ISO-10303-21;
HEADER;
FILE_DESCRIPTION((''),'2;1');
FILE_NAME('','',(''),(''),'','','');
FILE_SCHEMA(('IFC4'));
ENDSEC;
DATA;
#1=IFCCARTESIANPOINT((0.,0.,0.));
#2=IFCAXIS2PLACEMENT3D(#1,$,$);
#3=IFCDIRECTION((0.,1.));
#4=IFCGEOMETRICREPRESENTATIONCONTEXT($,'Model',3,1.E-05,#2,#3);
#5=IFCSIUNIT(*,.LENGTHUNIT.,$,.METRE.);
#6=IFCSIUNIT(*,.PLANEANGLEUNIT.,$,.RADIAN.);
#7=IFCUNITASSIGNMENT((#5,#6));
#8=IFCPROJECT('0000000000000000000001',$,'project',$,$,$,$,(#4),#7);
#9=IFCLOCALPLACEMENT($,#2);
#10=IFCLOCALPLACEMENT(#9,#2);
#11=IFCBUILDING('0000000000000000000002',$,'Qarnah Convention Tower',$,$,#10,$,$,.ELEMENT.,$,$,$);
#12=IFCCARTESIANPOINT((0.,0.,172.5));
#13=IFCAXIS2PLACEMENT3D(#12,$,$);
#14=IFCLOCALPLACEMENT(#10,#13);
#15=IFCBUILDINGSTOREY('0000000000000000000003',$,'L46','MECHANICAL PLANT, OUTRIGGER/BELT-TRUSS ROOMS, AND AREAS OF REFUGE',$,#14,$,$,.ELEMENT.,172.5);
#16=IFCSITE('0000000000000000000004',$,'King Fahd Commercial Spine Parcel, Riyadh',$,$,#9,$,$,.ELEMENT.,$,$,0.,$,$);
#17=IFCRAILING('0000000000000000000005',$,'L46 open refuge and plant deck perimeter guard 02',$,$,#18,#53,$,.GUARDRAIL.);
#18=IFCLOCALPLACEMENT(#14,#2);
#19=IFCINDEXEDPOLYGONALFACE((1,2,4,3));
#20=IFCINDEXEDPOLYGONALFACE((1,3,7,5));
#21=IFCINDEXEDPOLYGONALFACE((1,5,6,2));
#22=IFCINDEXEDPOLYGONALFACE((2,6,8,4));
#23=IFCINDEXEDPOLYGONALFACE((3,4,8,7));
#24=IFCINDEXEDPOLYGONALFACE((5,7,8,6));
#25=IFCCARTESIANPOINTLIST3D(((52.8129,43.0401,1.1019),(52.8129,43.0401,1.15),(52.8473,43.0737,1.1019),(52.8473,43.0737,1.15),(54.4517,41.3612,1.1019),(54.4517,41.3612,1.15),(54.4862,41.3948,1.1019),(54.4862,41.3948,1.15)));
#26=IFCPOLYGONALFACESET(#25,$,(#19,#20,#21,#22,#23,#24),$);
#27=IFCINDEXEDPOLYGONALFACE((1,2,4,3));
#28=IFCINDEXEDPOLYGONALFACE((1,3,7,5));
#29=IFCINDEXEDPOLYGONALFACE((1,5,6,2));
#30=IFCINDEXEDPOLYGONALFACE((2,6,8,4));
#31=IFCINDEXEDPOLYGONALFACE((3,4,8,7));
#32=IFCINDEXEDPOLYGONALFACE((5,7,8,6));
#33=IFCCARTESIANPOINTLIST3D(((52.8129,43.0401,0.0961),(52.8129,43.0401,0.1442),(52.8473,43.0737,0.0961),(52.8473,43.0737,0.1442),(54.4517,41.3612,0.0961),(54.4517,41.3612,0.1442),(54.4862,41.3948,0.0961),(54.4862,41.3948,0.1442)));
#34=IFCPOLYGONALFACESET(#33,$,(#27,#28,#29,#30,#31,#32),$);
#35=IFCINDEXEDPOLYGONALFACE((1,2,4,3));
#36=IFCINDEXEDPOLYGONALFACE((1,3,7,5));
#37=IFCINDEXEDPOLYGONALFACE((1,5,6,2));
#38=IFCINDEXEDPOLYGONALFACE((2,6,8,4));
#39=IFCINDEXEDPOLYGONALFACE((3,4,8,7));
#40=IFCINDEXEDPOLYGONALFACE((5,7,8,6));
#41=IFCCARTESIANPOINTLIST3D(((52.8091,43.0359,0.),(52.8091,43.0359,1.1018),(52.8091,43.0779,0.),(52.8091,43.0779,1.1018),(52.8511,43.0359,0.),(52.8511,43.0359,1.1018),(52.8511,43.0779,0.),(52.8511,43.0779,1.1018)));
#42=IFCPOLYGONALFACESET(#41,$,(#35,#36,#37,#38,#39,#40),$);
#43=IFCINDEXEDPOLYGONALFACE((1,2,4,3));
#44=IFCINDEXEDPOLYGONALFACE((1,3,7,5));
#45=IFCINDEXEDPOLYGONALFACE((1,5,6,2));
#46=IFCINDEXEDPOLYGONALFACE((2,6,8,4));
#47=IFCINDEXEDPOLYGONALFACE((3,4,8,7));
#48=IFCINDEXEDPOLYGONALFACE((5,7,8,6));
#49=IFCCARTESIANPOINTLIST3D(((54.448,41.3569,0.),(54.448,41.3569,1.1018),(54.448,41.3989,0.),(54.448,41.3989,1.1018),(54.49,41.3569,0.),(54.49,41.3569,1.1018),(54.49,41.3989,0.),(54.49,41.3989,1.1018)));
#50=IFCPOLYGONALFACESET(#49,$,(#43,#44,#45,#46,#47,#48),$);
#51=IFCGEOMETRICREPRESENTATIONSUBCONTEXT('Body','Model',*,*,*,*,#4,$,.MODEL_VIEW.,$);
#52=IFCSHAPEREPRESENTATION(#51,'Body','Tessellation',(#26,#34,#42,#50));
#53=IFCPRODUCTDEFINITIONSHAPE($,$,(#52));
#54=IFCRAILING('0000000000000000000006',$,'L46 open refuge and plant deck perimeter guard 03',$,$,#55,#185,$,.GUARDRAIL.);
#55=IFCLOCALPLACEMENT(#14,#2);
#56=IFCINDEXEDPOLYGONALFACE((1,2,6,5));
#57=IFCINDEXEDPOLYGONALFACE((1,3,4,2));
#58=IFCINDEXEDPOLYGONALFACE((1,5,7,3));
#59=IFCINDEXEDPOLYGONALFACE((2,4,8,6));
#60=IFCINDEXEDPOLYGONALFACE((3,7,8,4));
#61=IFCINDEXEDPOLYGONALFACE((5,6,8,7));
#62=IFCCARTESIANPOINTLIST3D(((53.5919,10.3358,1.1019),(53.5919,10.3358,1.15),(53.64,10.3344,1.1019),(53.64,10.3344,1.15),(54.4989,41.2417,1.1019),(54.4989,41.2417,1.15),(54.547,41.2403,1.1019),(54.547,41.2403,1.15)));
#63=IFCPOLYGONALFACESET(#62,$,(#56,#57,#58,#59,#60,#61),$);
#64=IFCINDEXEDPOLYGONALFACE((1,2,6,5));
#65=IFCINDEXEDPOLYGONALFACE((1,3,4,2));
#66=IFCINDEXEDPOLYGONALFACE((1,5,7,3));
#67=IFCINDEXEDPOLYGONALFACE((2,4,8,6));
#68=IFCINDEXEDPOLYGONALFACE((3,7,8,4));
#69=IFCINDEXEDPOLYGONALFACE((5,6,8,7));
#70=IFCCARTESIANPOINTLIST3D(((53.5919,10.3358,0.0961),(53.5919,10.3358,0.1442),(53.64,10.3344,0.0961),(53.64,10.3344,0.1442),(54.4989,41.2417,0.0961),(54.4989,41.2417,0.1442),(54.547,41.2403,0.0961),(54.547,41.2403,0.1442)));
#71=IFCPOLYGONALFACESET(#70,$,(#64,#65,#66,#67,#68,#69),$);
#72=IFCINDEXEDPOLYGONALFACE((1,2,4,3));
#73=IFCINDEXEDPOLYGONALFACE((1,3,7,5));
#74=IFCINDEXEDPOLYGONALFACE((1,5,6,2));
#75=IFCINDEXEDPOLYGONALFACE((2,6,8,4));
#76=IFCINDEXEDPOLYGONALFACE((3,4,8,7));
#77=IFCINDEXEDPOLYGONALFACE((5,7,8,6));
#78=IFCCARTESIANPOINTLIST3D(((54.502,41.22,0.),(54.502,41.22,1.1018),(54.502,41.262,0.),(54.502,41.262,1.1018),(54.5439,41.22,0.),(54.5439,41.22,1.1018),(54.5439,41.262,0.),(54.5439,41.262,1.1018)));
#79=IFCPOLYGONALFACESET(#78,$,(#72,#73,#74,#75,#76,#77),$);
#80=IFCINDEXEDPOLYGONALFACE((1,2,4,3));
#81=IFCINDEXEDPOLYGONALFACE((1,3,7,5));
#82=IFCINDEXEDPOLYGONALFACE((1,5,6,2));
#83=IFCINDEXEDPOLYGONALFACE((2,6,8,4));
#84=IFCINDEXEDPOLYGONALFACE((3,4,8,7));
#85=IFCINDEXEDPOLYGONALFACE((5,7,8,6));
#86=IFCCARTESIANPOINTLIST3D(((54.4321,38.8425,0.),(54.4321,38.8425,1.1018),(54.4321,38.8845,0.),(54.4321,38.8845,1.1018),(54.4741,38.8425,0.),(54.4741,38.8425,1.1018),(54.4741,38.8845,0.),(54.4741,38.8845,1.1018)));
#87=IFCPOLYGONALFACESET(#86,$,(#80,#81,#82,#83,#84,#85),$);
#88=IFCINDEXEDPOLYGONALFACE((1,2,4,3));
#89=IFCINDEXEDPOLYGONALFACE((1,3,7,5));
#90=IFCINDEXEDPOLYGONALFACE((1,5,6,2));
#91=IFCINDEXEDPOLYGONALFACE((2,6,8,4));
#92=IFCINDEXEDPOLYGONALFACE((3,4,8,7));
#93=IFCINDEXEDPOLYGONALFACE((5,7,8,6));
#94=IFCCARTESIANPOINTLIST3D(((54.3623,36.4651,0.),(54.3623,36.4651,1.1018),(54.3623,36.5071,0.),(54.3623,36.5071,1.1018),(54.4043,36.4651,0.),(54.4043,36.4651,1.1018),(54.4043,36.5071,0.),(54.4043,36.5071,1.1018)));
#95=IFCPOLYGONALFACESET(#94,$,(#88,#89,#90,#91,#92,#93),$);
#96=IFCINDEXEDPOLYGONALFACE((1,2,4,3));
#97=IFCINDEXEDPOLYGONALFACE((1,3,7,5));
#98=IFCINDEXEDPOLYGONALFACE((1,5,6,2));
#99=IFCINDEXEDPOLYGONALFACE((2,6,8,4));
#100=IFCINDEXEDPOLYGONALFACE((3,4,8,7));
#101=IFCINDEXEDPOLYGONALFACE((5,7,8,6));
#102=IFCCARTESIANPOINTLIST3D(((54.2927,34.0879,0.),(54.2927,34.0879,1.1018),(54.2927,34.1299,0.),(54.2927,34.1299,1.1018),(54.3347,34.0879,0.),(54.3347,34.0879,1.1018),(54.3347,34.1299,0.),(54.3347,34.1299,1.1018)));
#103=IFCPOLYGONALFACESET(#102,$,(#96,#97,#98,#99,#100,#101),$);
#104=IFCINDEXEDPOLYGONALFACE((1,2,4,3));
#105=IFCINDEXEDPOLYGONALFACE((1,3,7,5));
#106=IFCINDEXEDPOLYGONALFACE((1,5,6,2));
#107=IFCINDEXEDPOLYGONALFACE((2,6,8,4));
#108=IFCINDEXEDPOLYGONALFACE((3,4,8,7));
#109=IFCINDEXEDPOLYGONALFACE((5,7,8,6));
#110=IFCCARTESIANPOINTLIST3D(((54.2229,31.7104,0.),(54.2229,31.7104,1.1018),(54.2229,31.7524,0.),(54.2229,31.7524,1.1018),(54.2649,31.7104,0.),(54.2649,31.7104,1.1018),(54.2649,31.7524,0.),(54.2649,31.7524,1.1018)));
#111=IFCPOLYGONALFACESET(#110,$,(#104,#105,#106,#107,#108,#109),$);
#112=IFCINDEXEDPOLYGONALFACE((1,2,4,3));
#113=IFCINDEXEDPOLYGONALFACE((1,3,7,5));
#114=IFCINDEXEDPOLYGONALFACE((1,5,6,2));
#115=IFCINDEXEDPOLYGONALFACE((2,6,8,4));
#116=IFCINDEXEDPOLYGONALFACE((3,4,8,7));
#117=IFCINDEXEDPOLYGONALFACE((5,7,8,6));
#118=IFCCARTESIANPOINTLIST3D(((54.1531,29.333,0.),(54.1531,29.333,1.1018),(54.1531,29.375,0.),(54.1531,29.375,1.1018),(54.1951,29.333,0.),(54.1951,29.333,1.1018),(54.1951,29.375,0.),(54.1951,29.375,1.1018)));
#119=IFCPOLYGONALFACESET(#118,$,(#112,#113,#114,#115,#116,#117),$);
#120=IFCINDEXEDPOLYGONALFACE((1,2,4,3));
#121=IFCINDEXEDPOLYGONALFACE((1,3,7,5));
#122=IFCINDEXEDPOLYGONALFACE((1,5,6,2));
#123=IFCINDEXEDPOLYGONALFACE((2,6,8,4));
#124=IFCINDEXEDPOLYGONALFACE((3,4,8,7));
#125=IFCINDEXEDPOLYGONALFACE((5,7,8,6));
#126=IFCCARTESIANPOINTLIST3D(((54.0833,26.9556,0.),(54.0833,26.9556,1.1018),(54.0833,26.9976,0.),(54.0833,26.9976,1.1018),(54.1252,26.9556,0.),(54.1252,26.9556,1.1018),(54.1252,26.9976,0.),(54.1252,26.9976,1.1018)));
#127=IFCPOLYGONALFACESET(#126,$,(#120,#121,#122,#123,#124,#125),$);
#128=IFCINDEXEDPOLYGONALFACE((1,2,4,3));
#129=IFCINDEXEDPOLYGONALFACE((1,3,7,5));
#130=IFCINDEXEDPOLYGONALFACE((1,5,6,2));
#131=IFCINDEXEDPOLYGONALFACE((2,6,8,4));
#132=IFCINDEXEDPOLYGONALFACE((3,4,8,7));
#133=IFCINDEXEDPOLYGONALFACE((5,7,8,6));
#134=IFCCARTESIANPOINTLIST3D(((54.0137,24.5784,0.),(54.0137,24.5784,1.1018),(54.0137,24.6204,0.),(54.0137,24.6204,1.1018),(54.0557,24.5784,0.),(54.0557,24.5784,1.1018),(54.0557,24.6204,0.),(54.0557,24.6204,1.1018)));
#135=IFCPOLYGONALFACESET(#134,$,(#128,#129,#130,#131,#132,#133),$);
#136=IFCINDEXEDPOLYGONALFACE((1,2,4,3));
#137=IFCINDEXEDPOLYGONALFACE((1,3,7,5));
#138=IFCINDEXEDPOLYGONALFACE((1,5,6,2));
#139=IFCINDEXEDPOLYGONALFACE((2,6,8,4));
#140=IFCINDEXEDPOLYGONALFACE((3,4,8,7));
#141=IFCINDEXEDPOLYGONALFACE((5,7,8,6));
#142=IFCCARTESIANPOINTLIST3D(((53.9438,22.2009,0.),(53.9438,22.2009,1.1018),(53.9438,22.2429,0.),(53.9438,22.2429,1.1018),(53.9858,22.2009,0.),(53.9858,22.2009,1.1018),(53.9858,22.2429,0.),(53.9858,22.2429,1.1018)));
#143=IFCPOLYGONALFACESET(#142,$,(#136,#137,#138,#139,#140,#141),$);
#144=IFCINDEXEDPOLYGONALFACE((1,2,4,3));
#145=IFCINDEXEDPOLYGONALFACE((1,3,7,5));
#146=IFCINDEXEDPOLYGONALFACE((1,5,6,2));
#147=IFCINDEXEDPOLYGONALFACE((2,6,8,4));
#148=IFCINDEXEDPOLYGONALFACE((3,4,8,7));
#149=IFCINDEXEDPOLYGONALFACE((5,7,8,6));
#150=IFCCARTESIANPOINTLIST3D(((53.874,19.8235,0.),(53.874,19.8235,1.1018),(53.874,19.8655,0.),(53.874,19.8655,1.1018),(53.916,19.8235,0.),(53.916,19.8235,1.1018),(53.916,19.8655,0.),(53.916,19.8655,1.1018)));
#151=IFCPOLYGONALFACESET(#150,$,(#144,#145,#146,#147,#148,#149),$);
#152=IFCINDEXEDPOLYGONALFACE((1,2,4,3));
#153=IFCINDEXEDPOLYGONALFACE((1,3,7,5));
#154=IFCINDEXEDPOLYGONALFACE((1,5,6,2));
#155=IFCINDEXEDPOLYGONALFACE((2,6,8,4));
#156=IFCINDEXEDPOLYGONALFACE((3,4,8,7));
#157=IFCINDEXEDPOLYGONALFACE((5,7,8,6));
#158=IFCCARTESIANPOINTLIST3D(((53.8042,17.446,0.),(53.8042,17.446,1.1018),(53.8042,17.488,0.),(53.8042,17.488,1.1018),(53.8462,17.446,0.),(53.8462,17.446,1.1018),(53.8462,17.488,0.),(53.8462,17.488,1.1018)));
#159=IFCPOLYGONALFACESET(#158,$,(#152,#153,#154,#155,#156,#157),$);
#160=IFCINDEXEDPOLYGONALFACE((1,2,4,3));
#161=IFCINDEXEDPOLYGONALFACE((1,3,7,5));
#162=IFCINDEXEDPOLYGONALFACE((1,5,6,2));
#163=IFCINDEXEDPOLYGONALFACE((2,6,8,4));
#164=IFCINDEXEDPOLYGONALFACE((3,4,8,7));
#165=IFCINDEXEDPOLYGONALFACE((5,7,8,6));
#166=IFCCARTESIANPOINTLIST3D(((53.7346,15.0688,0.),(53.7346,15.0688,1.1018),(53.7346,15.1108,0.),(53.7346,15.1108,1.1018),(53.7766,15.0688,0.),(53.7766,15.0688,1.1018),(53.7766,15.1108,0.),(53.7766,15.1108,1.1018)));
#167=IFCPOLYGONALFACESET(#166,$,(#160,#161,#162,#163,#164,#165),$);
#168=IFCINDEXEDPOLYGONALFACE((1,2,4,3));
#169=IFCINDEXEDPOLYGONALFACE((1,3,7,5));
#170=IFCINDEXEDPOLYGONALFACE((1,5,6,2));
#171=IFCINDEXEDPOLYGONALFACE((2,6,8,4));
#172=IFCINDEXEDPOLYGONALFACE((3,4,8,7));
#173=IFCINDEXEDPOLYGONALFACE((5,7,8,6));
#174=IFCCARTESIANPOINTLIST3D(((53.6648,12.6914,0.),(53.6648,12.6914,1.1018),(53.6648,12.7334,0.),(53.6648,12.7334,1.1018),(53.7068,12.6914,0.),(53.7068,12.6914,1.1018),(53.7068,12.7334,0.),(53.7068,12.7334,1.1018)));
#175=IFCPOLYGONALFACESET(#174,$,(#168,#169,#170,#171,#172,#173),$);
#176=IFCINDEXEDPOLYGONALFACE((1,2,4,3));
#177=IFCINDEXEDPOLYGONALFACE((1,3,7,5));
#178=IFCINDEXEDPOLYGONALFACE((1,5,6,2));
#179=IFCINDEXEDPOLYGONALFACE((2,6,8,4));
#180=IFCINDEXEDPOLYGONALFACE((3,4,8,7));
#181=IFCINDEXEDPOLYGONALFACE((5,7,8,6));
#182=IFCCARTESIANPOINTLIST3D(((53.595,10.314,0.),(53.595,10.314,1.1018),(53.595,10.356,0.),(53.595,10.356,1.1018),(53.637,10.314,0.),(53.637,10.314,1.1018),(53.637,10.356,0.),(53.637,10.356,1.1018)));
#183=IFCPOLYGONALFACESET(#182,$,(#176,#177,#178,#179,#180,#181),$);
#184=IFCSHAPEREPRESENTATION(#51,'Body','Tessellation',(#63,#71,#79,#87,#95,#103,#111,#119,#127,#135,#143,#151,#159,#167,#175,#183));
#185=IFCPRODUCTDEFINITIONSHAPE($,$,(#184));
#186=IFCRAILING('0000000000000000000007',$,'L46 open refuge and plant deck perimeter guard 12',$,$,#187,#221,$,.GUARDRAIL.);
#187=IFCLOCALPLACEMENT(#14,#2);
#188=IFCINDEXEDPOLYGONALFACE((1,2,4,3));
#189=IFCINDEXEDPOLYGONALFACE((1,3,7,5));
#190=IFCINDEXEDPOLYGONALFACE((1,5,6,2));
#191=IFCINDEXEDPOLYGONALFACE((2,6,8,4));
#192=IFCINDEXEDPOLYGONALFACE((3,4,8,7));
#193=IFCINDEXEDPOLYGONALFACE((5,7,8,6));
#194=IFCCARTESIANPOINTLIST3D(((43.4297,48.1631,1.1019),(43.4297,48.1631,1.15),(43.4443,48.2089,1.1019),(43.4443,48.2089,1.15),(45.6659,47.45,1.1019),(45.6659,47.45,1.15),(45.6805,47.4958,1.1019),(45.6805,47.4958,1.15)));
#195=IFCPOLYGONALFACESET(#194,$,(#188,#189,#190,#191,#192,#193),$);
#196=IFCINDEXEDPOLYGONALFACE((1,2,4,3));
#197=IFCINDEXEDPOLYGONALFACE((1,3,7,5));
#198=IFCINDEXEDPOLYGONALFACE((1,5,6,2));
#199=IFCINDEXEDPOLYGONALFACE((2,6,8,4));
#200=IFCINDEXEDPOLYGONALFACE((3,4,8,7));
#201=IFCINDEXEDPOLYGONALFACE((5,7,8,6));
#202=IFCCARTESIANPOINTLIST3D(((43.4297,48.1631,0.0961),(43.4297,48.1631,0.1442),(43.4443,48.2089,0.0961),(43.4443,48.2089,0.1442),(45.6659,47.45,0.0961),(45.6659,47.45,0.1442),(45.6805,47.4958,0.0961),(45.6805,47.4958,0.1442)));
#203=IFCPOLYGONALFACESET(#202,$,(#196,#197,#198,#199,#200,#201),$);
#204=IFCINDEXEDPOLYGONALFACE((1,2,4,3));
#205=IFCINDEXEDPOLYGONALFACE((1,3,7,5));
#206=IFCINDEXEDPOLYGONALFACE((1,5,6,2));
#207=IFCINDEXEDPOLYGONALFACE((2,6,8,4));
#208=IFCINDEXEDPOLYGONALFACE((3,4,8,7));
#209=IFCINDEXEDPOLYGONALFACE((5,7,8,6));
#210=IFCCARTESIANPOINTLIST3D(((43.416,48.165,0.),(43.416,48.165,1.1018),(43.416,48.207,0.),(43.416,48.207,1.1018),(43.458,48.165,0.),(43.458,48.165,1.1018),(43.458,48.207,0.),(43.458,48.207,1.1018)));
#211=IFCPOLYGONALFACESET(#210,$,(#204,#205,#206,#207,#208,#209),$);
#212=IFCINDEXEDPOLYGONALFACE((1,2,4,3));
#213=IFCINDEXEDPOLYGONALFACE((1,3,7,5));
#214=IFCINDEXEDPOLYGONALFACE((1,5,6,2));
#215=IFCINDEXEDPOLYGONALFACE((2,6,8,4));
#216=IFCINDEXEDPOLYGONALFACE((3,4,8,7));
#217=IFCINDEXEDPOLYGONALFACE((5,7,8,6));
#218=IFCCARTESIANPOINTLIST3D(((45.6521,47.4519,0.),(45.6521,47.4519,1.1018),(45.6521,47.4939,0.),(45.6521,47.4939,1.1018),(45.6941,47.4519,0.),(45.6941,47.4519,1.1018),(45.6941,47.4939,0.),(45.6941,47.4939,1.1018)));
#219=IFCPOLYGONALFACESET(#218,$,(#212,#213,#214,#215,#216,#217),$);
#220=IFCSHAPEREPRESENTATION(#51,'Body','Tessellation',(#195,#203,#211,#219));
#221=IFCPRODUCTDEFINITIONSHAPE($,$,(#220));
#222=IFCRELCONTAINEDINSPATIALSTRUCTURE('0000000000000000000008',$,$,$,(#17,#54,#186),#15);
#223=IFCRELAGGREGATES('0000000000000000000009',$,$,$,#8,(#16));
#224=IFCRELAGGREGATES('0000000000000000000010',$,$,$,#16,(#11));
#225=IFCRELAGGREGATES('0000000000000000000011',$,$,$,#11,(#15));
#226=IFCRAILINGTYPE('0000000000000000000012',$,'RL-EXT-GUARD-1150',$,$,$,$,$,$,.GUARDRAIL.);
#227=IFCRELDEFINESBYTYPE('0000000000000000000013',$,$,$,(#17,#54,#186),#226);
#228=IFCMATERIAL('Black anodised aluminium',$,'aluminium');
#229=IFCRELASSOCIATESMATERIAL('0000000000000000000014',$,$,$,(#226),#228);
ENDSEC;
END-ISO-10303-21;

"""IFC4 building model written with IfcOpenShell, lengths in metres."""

from ifc_helpers import new_model, si_unit, direction, frame, origin, origin_2d, place, context, subcontext, project, spatial, rectangle, extrude, material, type_object, element, save


model = new_model("IFC4")

# Units and contexts
model_context = context("Model", 3, precision=1e-05, world=origin(), true_north=direction((0.0, 1.0)))
body_context = subcontext(model_context, "Body", "Model", "MODEL_VIEW")
ifc_project = project(units=[si_unit("LENGTHUNIT", "METRE"), si_unit("PLANEANGLEUNIT", "RADIAN")], contexts=[model_context])

# Site, building, storey
site_placement = place(None, origin())
site = spatial("IfcSite", under=ifc_project, at=site_placement, Name="King Fahd Commercial Spine Parcel, Riyadh", CompositionType="ELEMENT", RefElevation=0.0)
building_placement = place(site_placement, origin())
building = spatial("IfcBuilding", under=site, at=building_placement, Name="Qarnah Convention Tower", CompositionType="ELEMENT")
storey_placement = place(building_placement, frame((0.0, 0.0, 172.5)))
storey = spatial("IfcBuildingStorey", under=building, at=storey_placement, Name="L46", Description="MECHANICAL PLANT, OUTRIGGER/BELT-TRUSS ROOMS, AND AREAS OF REFUGE", CompositionType="ELEMENT", Elevation=172.5)

# Railings
ifc_material_1 = material(Name="Black anodised aluminium", Category="aluminium")
railing_type = type_object("IfcRailingType", Name="RL-EXT-GUARD-1150", PredefinedType="GUARDRAIL", material=ifc_material_1)
railing_1_placement = place(storey_placement, frame((52.8301, 43.0569, 0.0)))
element("IfcRailing", 1, at=railing_1_placement, inside=storey, type_object=railing_type, Name="L46 open refuge and plant deck perimeter guard 02", PredefinedType="GUARDRAIL", context=body_context, shape_type="SweptSolid", body=[
    extrude(rectangle(XDim=0.0481, YDim=0.0481, at=origin_2d()), frame((0.0, 0.0, 1.126), z_axis=(0.698523, -0.715588, 0.0), x_axis=(0.715588, 0.698523, 0.0)), (0.0, 0.0, 1.0), 2.3462),
    extrude(rectangle(XDim=0.0481, YDim=0.0481, at=origin_2d()), frame((0.0, 0.0, 0.1201), z_axis=(0.698523, -0.715588, 0.0), x_axis=(0.715588, 0.698523, 0.0)), (0.0, 0.0, 1.0), 2.3462),
    extrude(rectangle(XDim=0.042, YDim=0.042, at=origin_2d()), origin(), (0.0, 0.0, 1.0), 1.1018),
    extrude(rectangle(XDim=0.042, YDim=0.042, at=origin_2d()), frame((1.6389, -1.679, 0.0)), (0.0, 0.0, 1.0), 1.1018),
])
railing_2_placement = place(storey_placement, frame((54.5229, 41.241, 0.0)))
element("IfcRailing", 2, at=railing_2_placement, inside=storey, type_object=railing_type, Name="L46 open refuge and plant deck perimeter guard 03", PredefinedType="GUARDRAIL", context=body_context, shape_type="SweptSolid", body=[
    extrude(rectangle(XDim=0.0481, YDim=0.0481, at=origin_2d()), frame((0.0, 0.0, 1.126), z_axis=(-0.029334, -0.99957, 0.0), x_axis=(0.99957, -0.029334, 0.0)), (0.0, 0.0, 1.0), 30.9192),
    extrude(rectangle(XDim=0.0481, YDim=0.0481, at=origin_2d()), frame((0.0, 0.0, 0.1201), z_axis=(-0.029334, -0.99957, 0.0), x_axis=(0.99957, -0.029334, 0.0)), (0.0, 0.0, 1.0), 30.9192),
    extrude(rectangle(XDim=0.042, YDim=0.042, at=origin_2d()), origin(), (0.0, 0.0, 1.0), 1.1018),
    extrude(rectangle(XDim=0.042, YDim=0.042, at=origin_2d()), frame((-0.0698, -2.3774, 0.0)), (0.0, 0.0, 1.0), 1.1018),
    extrude(rectangle(XDim=0.042, YDim=0.042, at=origin_2d()), frame((-0.1396, -4.7549, 0.0)), (0.0, 0.0, 1.0), 1.1018),
    extrude(rectangle(XDim=0.042, YDim=0.042, at=origin_2d()), frame((-0.2092, -7.1321, 0.0)), (0.0, 0.0, 1.0), 1.1018),
    extrude(rectangle(XDim=0.042, YDim=0.042, at=origin_2d()), frame((-0.2791, -9.5095, 0.0)), (0.0, 0.0, 1.0), 1.1018),
    extrude(rectangle(XDim=0.042, YDim=0.042, at=origin_2d()), frame((-0.3489, -11.887, 0.0)), (0.0, 0.0, 1.0), 1.1018),
    extrude(rectangle(XDim=0.042, YDim=0.042, at=origin_2d()), frame((-0.4187, -14.2644, 0.0)), (0.0, 0.0, 1.0), 1.1018),
    extrude(rectangle(XDim=0.042, YDim=0.042, at=origin_2d()), frame((-0.4883, -16.6416, 0.0)), (0.0, 0.0, 1.0), 1.1018),
    extrude(rectangle(XDim=0.042, YDim=0.042, at=origin_2d()), frame((-0.5581, -19.019, 0.0)), (0.0, 0.0, 1.0), 1.1018),
    extrude(rectangle(XDim=0.042, YDim=0.042, at=origin_2d()), frame((-0.6279, -21.3965, 0.0)), (0.0, 0.0, 1.0), 1.1018),
    extrude(rectangle(XDim=0.042, YDim=0.042, at=origin_2d()), frame((-0.6978, -23.7739, 0.0)), (0.0, 0.0, 1.0), 1.1018),
    extrude(rectangle(XDim=0.042, YDim=0.042, at=origin_2d()), frame((-0.7673, -26.1511, 0.0)), (0.0, 0.0, 1.0), 1.1018),
    extrude(rectangle(XDim=0.042, YDim=0.042, at=origin_2d()), frame((-0.8372, -28.5286, 0.0)), (0.0, 0.0, 1.0), 1.1018),
    extrude(rectangle(XDim=0.042, YDim=0.042, at=origin_2d()), frame((-0.907, -30.906, 0.0)), (0.0, 0.0, 1.0), 1.1018),
])
railing_3_placement = place(storey_placement, frame((43.437, 48.186, 0.0)))
element("IfcRailing", 3, at=railing_3_placement, inside=storey, type_object=railing_type, Name="L46 open refuge and plant deck perimeter guard 12", PredefinedType="GUARDRAIL", context=body_context, shape_type="SweptSolid", body=[
    extrude(rectangle(XDim=0.0481, YDim=0.0481, at=origin_2d()), frame((0.0, 0.0, 1.126), z_axis=(0.952722, -0.303843, 0.0), x_axis=(0.303843, 0.952722, 0.0)), (0.0, 0.0, 1.0), 2.3472),
    extrude(rectangle(XDim=0.0481, YDim=0.0481, at=origin_2d()), frame((0.0, 0.0, 0.1201), z_axis=(0.952722, -0.303843, 0.0), x_axis=(0.303843, 0.952722, 0.0)), (0.0, 0.0, 1.0), 2.3472),
    extrude(rectangle(XDim=0.042, YDim=0.042, at=origin_2d()), origin(), (0.0, 0.0, 1.0), 1.1018),
    extrude(rectangle(XDim=0.042, YDim=0.042, at=origin_2d()), frame((2.2361, -0.7131, 0.0)), (0.0, 0.0, 1.0), 1.1018),
])

save(model, "model.ifc")
